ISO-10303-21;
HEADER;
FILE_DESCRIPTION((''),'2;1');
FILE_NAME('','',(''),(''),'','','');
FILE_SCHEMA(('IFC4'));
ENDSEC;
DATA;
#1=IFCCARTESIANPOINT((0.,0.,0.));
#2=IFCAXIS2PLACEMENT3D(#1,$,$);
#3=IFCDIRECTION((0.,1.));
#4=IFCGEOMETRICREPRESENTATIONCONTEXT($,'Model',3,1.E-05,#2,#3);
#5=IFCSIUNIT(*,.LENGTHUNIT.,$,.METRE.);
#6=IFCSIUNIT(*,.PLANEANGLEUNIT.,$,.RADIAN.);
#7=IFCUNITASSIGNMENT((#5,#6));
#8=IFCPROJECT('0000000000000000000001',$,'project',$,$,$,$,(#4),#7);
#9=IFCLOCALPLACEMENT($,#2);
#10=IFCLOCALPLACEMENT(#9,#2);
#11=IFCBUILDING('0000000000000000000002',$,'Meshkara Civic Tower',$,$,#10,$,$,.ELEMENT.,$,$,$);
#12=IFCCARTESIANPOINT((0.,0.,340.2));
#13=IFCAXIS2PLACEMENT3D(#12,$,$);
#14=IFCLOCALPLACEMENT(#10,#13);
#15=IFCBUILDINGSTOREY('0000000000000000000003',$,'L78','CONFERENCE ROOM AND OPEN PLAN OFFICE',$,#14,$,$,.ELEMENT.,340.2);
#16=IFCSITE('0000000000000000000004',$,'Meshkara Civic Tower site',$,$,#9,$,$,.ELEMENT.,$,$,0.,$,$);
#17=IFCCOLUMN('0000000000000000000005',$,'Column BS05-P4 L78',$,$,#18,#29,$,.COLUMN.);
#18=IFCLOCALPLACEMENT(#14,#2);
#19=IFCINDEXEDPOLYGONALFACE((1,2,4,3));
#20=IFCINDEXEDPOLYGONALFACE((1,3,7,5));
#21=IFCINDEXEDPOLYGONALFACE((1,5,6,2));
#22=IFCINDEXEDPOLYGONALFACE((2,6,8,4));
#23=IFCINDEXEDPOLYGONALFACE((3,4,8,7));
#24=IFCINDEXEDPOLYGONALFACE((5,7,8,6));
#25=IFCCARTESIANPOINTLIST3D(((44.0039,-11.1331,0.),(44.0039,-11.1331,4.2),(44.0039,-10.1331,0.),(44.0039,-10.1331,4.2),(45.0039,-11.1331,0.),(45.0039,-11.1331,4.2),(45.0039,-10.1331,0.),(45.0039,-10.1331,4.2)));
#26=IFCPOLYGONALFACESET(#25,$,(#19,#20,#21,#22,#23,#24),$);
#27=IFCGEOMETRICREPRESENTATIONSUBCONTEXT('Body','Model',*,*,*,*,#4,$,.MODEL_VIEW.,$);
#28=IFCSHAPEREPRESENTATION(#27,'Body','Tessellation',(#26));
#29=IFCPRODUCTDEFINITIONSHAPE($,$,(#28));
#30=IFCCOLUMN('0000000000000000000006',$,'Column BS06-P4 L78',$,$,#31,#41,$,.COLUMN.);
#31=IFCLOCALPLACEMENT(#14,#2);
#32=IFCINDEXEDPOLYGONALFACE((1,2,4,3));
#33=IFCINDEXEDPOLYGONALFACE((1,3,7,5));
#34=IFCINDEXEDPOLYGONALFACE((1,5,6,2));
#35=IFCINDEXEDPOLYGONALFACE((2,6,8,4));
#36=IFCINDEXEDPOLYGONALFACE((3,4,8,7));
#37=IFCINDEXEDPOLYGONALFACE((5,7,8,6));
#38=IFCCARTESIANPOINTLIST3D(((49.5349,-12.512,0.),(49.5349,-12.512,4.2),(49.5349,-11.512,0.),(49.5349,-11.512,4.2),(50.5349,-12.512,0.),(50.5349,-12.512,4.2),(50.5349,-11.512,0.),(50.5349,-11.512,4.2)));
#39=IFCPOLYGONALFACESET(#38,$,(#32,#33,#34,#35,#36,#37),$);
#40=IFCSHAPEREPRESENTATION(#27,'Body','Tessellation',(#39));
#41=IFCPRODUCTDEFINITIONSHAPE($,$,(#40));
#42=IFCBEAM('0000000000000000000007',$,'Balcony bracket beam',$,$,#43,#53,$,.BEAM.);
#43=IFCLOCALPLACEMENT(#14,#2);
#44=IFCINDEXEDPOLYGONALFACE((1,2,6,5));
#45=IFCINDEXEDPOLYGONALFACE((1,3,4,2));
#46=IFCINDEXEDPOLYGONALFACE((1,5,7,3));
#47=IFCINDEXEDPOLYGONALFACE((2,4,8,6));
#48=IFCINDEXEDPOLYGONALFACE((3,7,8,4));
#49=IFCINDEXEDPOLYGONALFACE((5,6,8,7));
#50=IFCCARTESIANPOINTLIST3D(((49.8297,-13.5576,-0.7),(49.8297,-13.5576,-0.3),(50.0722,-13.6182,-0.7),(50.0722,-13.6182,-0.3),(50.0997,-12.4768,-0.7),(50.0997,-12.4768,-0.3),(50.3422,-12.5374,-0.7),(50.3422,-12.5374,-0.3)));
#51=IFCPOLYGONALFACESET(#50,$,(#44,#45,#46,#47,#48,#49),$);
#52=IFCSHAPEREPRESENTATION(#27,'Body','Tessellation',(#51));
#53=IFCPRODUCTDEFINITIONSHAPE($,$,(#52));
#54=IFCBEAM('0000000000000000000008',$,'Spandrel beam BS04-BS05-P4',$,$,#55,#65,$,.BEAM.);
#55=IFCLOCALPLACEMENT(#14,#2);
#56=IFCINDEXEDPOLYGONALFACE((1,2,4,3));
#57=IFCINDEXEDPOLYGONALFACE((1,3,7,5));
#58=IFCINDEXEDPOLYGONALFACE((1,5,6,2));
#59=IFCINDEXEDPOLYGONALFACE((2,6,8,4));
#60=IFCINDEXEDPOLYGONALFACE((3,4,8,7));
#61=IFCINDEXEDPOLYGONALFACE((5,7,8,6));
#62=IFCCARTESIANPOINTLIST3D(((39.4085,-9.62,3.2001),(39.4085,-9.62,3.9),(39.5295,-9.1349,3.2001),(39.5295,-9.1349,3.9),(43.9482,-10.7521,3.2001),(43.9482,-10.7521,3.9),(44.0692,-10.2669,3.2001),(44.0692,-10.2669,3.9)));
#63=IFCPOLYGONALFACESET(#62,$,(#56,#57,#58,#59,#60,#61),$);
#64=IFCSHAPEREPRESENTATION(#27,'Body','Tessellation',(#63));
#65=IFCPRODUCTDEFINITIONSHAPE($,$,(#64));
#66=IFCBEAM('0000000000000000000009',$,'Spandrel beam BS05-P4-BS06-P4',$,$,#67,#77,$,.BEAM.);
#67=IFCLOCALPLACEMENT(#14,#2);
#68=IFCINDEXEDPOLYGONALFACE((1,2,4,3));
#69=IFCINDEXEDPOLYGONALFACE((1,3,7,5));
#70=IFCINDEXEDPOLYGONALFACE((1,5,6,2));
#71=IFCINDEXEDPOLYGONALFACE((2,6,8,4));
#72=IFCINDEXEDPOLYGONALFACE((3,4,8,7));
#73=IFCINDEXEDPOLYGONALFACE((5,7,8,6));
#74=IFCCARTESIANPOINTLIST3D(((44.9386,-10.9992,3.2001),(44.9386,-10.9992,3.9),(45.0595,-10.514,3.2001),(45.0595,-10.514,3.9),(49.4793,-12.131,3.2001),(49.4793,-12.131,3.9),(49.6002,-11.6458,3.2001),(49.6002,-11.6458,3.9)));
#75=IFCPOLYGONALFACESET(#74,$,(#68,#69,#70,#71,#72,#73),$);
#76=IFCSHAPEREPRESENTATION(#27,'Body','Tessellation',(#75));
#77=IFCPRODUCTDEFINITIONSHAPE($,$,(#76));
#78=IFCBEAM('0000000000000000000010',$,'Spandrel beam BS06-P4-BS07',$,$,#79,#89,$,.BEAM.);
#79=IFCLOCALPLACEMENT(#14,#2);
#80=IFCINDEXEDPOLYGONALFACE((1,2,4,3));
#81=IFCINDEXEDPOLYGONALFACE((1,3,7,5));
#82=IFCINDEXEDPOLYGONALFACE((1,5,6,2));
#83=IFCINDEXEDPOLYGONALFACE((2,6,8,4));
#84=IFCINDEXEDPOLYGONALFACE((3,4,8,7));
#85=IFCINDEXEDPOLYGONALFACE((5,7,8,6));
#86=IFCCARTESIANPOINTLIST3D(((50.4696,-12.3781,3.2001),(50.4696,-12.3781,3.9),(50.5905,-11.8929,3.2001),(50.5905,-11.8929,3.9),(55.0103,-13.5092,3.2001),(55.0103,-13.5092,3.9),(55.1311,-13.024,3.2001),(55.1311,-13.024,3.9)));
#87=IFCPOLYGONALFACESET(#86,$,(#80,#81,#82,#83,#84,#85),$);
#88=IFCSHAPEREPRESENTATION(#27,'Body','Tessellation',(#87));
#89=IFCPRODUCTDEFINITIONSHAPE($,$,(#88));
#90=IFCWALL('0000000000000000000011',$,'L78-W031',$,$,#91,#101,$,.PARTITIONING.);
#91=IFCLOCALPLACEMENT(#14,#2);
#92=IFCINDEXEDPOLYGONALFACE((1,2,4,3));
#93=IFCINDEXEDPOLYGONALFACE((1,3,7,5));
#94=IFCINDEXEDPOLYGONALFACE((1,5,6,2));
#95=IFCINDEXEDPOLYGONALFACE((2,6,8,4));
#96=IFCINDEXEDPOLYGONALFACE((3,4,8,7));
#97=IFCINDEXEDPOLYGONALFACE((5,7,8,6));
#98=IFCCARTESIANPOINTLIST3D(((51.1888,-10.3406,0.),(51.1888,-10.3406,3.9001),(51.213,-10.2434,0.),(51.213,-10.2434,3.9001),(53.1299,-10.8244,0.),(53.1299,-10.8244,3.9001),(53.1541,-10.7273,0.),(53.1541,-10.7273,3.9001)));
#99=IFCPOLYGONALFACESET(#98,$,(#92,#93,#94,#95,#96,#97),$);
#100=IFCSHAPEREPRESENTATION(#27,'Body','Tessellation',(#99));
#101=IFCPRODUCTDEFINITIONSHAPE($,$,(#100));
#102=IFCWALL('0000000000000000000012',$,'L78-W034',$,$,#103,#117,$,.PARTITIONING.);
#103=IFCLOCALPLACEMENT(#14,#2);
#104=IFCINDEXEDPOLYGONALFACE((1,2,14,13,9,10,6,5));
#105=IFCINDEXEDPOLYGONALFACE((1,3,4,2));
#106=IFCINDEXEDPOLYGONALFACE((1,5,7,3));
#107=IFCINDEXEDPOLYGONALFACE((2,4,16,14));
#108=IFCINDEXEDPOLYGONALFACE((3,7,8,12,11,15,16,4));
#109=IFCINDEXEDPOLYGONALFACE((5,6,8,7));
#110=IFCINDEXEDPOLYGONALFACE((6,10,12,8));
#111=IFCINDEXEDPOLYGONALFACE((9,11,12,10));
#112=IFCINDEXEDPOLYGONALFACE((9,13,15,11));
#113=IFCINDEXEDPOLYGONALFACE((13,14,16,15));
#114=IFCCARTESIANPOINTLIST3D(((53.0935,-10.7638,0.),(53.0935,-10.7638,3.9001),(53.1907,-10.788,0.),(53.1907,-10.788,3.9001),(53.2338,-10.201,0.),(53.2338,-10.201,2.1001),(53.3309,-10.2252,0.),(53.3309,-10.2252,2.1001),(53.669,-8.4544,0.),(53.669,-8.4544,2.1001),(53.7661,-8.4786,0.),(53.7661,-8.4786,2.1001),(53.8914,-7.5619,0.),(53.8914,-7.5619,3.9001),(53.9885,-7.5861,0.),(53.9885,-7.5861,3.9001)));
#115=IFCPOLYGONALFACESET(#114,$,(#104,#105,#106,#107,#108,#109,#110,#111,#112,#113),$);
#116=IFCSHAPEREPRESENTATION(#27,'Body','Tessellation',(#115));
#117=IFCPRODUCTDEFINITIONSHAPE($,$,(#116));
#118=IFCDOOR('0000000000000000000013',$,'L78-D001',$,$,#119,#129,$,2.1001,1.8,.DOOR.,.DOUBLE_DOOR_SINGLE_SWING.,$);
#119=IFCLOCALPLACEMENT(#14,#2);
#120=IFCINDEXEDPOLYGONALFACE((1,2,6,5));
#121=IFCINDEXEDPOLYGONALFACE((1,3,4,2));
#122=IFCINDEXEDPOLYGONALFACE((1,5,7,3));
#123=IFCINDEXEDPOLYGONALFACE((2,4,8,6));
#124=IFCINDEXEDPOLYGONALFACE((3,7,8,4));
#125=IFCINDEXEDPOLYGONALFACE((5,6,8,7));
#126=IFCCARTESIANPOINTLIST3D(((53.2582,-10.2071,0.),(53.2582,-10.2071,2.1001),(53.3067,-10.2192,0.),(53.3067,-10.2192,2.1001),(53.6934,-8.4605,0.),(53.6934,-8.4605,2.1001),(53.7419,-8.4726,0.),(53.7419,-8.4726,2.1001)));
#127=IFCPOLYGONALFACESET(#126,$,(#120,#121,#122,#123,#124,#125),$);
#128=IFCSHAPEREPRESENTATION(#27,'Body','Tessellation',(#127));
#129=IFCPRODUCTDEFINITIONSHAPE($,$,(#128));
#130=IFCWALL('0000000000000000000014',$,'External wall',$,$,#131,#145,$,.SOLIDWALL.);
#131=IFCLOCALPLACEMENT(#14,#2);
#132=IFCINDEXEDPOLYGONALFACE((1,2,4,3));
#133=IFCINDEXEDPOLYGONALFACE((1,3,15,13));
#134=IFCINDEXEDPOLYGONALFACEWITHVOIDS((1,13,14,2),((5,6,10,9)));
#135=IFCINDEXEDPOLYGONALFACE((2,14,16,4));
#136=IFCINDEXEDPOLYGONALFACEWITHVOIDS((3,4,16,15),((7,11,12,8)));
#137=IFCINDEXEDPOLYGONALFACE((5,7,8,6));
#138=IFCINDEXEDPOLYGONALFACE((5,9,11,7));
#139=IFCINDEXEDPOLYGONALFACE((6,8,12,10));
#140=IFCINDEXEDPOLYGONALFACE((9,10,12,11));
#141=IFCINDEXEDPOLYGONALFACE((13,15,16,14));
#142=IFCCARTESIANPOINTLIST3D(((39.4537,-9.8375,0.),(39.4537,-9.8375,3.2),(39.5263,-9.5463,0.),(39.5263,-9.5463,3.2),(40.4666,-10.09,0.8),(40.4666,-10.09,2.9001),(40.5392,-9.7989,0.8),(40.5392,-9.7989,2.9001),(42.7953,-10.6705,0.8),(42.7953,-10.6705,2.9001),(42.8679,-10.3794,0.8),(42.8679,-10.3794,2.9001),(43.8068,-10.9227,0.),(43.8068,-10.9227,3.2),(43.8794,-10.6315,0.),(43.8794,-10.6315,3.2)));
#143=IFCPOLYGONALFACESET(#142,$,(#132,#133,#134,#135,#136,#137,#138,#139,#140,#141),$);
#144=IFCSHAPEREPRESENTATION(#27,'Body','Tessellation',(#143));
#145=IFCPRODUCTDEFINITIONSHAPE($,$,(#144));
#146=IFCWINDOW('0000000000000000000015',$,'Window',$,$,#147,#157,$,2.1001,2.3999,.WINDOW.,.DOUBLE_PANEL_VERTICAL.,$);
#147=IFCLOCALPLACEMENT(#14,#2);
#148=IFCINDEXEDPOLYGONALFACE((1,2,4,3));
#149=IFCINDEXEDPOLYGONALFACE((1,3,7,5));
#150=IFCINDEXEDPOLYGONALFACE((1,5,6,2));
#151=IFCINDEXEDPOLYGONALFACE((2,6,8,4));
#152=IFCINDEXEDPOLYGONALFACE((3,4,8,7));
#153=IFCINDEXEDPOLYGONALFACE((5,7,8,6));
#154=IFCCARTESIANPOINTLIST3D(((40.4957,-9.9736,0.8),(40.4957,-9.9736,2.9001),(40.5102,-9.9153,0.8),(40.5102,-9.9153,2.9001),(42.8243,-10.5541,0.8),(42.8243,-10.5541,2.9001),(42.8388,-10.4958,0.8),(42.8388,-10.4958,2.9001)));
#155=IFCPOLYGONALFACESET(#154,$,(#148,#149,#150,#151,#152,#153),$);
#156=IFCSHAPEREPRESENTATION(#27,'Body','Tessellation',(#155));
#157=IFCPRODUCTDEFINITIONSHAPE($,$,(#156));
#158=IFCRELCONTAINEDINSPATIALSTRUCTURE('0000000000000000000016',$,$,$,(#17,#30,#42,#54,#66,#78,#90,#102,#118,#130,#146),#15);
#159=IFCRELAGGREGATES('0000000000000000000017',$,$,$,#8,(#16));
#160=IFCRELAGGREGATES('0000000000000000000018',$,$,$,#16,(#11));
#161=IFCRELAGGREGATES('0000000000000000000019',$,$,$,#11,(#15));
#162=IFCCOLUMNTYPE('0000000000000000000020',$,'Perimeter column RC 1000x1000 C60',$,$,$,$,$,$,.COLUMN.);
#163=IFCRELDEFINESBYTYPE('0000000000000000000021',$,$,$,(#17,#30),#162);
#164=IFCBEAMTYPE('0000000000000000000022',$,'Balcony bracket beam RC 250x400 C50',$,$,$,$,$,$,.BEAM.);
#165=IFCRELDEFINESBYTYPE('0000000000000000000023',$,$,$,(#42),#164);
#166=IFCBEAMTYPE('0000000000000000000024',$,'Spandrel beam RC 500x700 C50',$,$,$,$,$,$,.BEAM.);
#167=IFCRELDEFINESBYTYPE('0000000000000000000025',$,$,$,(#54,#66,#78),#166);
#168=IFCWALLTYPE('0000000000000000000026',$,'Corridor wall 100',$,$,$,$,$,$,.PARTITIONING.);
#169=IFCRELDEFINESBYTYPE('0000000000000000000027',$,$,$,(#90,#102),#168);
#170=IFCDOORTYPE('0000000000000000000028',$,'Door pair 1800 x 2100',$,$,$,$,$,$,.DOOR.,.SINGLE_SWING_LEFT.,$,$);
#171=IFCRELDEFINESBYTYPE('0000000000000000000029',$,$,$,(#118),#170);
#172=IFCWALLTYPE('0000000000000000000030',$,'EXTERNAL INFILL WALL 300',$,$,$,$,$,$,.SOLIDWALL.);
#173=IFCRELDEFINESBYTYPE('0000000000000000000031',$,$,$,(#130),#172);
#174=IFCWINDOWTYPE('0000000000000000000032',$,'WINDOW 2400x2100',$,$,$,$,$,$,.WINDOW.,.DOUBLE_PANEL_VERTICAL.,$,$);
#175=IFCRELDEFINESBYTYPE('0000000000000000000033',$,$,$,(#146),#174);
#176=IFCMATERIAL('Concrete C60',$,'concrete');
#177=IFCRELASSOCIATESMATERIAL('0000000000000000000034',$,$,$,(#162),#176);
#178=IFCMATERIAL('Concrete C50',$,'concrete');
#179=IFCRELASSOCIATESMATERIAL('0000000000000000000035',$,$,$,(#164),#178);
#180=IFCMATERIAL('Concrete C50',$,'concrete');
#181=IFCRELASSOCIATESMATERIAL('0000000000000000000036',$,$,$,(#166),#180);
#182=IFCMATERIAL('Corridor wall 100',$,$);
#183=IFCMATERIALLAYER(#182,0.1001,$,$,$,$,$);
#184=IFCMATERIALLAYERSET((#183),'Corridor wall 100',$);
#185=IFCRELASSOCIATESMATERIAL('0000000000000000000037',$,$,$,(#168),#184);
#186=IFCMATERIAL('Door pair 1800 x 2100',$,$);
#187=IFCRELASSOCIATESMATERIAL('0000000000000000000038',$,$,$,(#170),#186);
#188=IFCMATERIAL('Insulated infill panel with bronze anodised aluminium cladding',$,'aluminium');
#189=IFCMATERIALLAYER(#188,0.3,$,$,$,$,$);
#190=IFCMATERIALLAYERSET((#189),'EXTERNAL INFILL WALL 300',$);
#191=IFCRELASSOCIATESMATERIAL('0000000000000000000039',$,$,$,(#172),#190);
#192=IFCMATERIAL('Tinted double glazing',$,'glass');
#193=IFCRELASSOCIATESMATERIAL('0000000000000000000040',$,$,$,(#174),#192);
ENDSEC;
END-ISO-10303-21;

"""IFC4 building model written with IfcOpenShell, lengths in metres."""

from ifc_helpers import new_model, si_unit, direction, frame, frame_2d, origin, origin_2d, place, context, subcontext, project, spatial, rectangle, extrude, material, layer, layer_set, material_profile, profile_set, type_object, element, fill, save


model = new_model("IFC4")

# Units and contexts
model_context = context("Model", 3, precision=1e-05, world=origin(), true_north=direction((0.0, 1.0)))
body_context = subcontext(model_context, "Body", "Model", "MODEL_VIEW")
ifc_project = project(units=[si_unit("LENGTHUNIT", "METRE"), si_unit("PLANEANGLEUNIT", "RADIAN")], contexts=[model_context])

# Site, building, storey
site_placement = place(None, origin())
site = spatial("IfcSite", under=ifc_project, at=site_placement, Name="Meshkara Civic Tower site", CompositionType="ELEMENT", RefElevation=0.0)
building_placement = place(site_placement, origin())
building = spatial("IfcBuilding", under=site, at=building_placement, Name="Meshkara Civic Tower", CompositionType="ELEMENT")
storey_placement = place(building_placement, frame((0.0, 0.0, 340.2)))
storey = spatial("IfcBuildingStorey", under=building, at=storey_placement, Name="L78", Description="CONFERENCE ROOM AND OPEN PLAN OFFICE", CompositionType="ELEMENT", Elevation=340.2)

# Columns
ifc_material_1 = material(Name="Concrete C60", Category="concrete")
ifc_material_profile_1 = material_profile(ifc_material_1, rectangle(XDim=1.0, YDim=1.0, at=origin_2d()))
ifc_profile_set_1 = profile_set([ifc_material_profile_1], Name="Concrete C60")
column_type = type_object("IfcColumnType", Name="Perimeter column RC 1000x1000 C60", PredefinedType="COLUMN", material=ifc_profile_set_1)
for number, where, z_axis, x_axis, name in (
    (1, (44.5039, -10.6331, 0.0), (0.0, 0.0, 1.0), (1.0, 0.0, 0.0), "Column BS05-P4 L78"),
    (2, (50.0349, -12.012, 0.0), (0.0, 0.0, 1.0), (1.0, 0.0, 0.0), "Column BS06-P4 L78"),
):
    element("IfcColumn", number, at=place(storey_placement, frame(where, z_axis=z_axis, x_axis=x_axis)), inside=storey, type_object=column_type, Name=name, PredefinedType="COLUMN", context=body_context, shape_type="SweptSolid", body=[
        extrude(rectangle(XDim=1.0, YDim=1.0, at=origin_2d()), origin(), (0.0, 0.0, 1.0), 4.2),
    ])

# Beams
ifc_material_2 = material(Name="Concrete C50", Category="concrete")
ifc_material_profile_2 = material_profile(ifc_material_2, rectangle(XDim=0.25, YDim=0.3999, at=origin_2d()))
ifc_profile_set_2 = profile_set([ifc_material_profile_2], Name="Concrete C50")
beam_type_1 = type_object("IfcBeamType", Name="Balcony bracket beam RC 250x400 C50", PredefinedType="BEAM", material=ifc_profile_set_2)
beam_1_placement = place(storey_placement, frame((50.2209, -12.5071, -0.5), z_axis=(-0.242381, -0.970181, 0.0), x_axis=(0.970181, -0.242381, 0.0)))
element("IfcBeam", 3, at=beam_1_placement, inside=storey, type_object=beam_type_1, Name="Balcony bracket beam", PredefinedType="BEAM", context=body_context, shape_type="SweptSolid", body=[
    extrude(rectangle(XDim=0.25, YDim=0.3999, at=origin_2d()), origin(), (0.0, 0.0, 1.0), 1.114),
])
ifc_material_3 = material(Name="Concrete C50", Category="concrete")
ifc_material_profile_3 = material_profile(ifc_material_3, rectangle(XDim=0.5, YDim=0.7, at=origin_2d()))
ifc_profile_set_3 = profile_set([ifc_material_profile_3], Name="Concrete C50")
beam_type_2 = type_object("IfcBeamType", Name="Spandrel beam RC 500x700 C50", PredefinedType="BEAM", material=ifc_profile_set_3)
beam_2_placement = place(storey_placement, frame((39.469, -9.3774, 3.55), z_axis=(0.970287, -0.241959, 0.0), x_axis=(0.241959, 0.970287, 0.0)))
element("IfcBeam", 4, at=beam_2_placement, inside=storey, type_object=beam_type_2, Name="Spandrel beam BS04-BS05-P4", PredefinedType="BEAM", context=body_context, shape_type="SweptSolid", body=[
    extrude(rectangle(XDim=0.5, YDim=0.7, at=origin_2d()), origin(), (0.0, 0.0, 1.0), 4.6787),
])
beam_3_placement = place(storey_placement, frame((44.999, -10.7566, 3.55), z_axis=(0.970311, -0.24186, 0.0), x_axis=(0.24186, 0.970311, 0.0)))
element("IfcBeam", 5, at=beam_3_placement, inside=storey, type_object=beam_type_2, Name="Spandrel beam BS05-P4-BS06-P4", PredefinedType="BEAM", context=body_context, shape_type="SweptSolid", body=[
    extrude(rectangle(XDim=0.5, YDim=0.7, at=origin_2d()), origin(), (0.0, 0.0, 1.0), 4.6797),
])
beam_4_placement = place(storey_placement, frame((50.53, -12.1355, 3.55), z_axis=(0.970348, -0.241713, 0.0), x_axis=(0.241713, 0.970348, 0.0)))
element("IfcBeam", 6, at=beam_4_placement, inside=storey, type_object=beam_type_2, Name="Spandrel beam BS06-P4-BS07", PredefinedType="BEAM", context=body_context, shape_type="SweptSolid", body=[
    extrude(rectangle(XDim=0.5, YDim=0.7, at=origin_2d()), origin(), (0.0, 0.0, 1.0), 4.6794),
])

# Wall
ifc_material_4 = material(Name="Corridor wall 100")
ifc_layer_1 = layer(ifc_material_4, 0.1001)
ifc_layer_set_1 = layer_set([ifc_layer_1], Name="Corridor wall 100")
wall_type_1 = type_object("IfcWallType", Name="Corridor wall 100", PredefinedType="PARTITIONING", material=ifc_layer_set_1)
wall_1_placement = place(storey_placement, frame((51.2009, -10.292, 0.0), z_axis=(0.0, 0.0, 1.0), x_axis=(0.970307, -0.241875, 0.0)))
element("IfcWall", 7, at=wall_1_placement, inside=storey, type_object=wall_type_1, Name="L78-W031", PredefinedType="PARTITIONING", context=body_context, shape_type="SweptSolid", body=[
    extrude(rectangle(XDim=2.0005, YDim=0.1001, at=frame_2d((1.0002, 0.0))), origin(), (0.0, 0.0, 1.0), 3.9001),
])

# Wall, opening, door
wall_2_placement = place(storey_placement, frame((53.1421, -10.7759, 0.0), z_axis=(0.0, 0.0, 1.0), x_axis=(0.241787, 0.970329, 0.0)))
wall_2 = element("IfcWall", 8, at=wall_2_placement, inside=storey, type_object=wall_type_1, Name="L78-W034", PredefinedType="PARTITIONING", context=body_context, shape_type="SweptSolid", body=[
    extrude(rectangle(XDim=3.2998, YDim=0.1001, at=frame_2d((1.6499, 0.0))), origin(), (0.0, 0.0, 1.0), 3.9001),
])
opening_1_placement = place(wall_2_placement, frame((0.5801, 0.0, 0.0)))
opening_1 = element("IfcOpeningElement", 9, at=opening_1_placement, cuts=wall_2, PredefinedType="OPENING", context=body_context, shape_type="SweptSolid", body=[
    extrude(rectangle(XDim=1.8, YDim=2.1001, at=frame_2d((0.8999, 1.05))), frame((0.0, 0.0601, 0.0), z_axis=(0.0, -1.0, 0.0), x_axis=(1.0, 0.0, 0.0)), (0.0, 0.0, 1.0), 0.1201),
])
ifc_material_5 = material(Name="Door pair 1800 x 2100")
door_type_1 = type_object("IfcDoorType", Name="Door pair 1800 x 2100", OperationType="SINGLE_SWING_LEFT", PredefinedType="DOOR", material=ifc_material_5)
door_1_placement = place(opening_1_placement, origin())
door_1 = element("IfcDoor", 10, at=door_1_placement, inside=storey, type_object=door_type_1, Name="L78-D001", OperationType="DOUBLE_DOOR_SINGLE_SWING", OverallHeight=2.1001, OverallWidth=1.8, PredefinedType="DOOR", context=body_context, shape_type="SweptSolid", body=[
    extrude(rectangle(XDim=1.8, YDim=2.1001, at=frame_2d((0.8999, 1.05))), frame((0.0, 0.0249, 0.0), z_axis=(0.0, -1.0, 0.0), x_axis=(1.0, 0.0, 0.0)), (0.0, 0.0, 1.0), 0.05),
])
fill(opening_1, door_1)

# Wall, opening, window
ifc_material_6 = material(Name="Insulated infill panel with bronze anodised aluminium cladding", Category="aluminium")
ifc_layer_2 = layer(ifc_material_6, 0.3)
ifc_layer_set_2 = layer_set([ifc_layer_2], Name="EXTERNAL INFILL WALL 300")
wall_type_2 = type_object("IfcWallType", Name="EXTERNAL INFILL WALL 300", PredefinedType="SOLIDWALL", material=ifc_layer_set_2)
wall_3_placement = place(storey_placement, frame((39.49, -9.6919, 0.0), z_axis=(0.0, 0.0, 1.0), x_axis=(0.970302, -0.241895, 0.0)))
wall_3 = element("IfcWall", 11, at=wall_3_placement, inside=storey, type_object=wall_type_2, Name="External wall", PredefinedType="SOLIDWALL", context=body_context, shape_type="SweptSolid", body=[
    extrude(rectangle(XDim=4.4863, YDim=0.3, at=frame_2d((2.2432, 0.0))), origin(), (0.0, 0.0, 1.0), 3.2),
])
opening_2_placement = place(wall_3_placement, frame((1.0439, 0.0, 0.8)))
opening_2 = element("IfcOpeningElement", 12, at=opening_2_placement, cuts=wall_3, PredefinedType="OPENING", context=body_context, shape_type="SweptSolid", body=[
    extrude(rectangle(XDim=2.3999, YDim=2.1001, at=frame_2d((1.2, 1.05))), frame((0.0, 0.1599, 0.0), z_axis=(0.0, -1.0, 0.0), x_axis=(1.0, 0.0, 0.0)), (0.0, 0.0, 1.0), 0.3201),
])
ifc_material_7 = material(Name="Tinted double glazing", Category="glass")
window_type = type_object("IfcWindowType", Name="WINDOW 2400x2100", PartitioningType="DOUBLE_PANEL_VERTICAL", PredefinedType="WINDOW", material=ifc_material_7)
window_1_placement = place(opening_2_placement, origin())
window_1 = element("IfcWindow", 13, at=window_1_placement, inside=storey, type_object=window_type, Name="Window", OverallHeight=2.1001, OverallWidth=2.3999, PartitioningType="DOUBLE_PANEL_VERTICAL", PredefinedType="WINDOW", context=body_context, shape_type="SweptSolid", body=[
    extrude(rectangle(XDim=2.3999, YDim=2.1001, at=frame_2d((1.2, 1.05))), frame((0.0, 0.03, 0.0), z_axis=(0.0, -1.0, 0.0), x_axis=(1.0, 0.0, 0.0)), (0.0, 0.0, 1.0), 0.0601),
])
fill(opening_2, window_1)

save(model, "model.ifc")
